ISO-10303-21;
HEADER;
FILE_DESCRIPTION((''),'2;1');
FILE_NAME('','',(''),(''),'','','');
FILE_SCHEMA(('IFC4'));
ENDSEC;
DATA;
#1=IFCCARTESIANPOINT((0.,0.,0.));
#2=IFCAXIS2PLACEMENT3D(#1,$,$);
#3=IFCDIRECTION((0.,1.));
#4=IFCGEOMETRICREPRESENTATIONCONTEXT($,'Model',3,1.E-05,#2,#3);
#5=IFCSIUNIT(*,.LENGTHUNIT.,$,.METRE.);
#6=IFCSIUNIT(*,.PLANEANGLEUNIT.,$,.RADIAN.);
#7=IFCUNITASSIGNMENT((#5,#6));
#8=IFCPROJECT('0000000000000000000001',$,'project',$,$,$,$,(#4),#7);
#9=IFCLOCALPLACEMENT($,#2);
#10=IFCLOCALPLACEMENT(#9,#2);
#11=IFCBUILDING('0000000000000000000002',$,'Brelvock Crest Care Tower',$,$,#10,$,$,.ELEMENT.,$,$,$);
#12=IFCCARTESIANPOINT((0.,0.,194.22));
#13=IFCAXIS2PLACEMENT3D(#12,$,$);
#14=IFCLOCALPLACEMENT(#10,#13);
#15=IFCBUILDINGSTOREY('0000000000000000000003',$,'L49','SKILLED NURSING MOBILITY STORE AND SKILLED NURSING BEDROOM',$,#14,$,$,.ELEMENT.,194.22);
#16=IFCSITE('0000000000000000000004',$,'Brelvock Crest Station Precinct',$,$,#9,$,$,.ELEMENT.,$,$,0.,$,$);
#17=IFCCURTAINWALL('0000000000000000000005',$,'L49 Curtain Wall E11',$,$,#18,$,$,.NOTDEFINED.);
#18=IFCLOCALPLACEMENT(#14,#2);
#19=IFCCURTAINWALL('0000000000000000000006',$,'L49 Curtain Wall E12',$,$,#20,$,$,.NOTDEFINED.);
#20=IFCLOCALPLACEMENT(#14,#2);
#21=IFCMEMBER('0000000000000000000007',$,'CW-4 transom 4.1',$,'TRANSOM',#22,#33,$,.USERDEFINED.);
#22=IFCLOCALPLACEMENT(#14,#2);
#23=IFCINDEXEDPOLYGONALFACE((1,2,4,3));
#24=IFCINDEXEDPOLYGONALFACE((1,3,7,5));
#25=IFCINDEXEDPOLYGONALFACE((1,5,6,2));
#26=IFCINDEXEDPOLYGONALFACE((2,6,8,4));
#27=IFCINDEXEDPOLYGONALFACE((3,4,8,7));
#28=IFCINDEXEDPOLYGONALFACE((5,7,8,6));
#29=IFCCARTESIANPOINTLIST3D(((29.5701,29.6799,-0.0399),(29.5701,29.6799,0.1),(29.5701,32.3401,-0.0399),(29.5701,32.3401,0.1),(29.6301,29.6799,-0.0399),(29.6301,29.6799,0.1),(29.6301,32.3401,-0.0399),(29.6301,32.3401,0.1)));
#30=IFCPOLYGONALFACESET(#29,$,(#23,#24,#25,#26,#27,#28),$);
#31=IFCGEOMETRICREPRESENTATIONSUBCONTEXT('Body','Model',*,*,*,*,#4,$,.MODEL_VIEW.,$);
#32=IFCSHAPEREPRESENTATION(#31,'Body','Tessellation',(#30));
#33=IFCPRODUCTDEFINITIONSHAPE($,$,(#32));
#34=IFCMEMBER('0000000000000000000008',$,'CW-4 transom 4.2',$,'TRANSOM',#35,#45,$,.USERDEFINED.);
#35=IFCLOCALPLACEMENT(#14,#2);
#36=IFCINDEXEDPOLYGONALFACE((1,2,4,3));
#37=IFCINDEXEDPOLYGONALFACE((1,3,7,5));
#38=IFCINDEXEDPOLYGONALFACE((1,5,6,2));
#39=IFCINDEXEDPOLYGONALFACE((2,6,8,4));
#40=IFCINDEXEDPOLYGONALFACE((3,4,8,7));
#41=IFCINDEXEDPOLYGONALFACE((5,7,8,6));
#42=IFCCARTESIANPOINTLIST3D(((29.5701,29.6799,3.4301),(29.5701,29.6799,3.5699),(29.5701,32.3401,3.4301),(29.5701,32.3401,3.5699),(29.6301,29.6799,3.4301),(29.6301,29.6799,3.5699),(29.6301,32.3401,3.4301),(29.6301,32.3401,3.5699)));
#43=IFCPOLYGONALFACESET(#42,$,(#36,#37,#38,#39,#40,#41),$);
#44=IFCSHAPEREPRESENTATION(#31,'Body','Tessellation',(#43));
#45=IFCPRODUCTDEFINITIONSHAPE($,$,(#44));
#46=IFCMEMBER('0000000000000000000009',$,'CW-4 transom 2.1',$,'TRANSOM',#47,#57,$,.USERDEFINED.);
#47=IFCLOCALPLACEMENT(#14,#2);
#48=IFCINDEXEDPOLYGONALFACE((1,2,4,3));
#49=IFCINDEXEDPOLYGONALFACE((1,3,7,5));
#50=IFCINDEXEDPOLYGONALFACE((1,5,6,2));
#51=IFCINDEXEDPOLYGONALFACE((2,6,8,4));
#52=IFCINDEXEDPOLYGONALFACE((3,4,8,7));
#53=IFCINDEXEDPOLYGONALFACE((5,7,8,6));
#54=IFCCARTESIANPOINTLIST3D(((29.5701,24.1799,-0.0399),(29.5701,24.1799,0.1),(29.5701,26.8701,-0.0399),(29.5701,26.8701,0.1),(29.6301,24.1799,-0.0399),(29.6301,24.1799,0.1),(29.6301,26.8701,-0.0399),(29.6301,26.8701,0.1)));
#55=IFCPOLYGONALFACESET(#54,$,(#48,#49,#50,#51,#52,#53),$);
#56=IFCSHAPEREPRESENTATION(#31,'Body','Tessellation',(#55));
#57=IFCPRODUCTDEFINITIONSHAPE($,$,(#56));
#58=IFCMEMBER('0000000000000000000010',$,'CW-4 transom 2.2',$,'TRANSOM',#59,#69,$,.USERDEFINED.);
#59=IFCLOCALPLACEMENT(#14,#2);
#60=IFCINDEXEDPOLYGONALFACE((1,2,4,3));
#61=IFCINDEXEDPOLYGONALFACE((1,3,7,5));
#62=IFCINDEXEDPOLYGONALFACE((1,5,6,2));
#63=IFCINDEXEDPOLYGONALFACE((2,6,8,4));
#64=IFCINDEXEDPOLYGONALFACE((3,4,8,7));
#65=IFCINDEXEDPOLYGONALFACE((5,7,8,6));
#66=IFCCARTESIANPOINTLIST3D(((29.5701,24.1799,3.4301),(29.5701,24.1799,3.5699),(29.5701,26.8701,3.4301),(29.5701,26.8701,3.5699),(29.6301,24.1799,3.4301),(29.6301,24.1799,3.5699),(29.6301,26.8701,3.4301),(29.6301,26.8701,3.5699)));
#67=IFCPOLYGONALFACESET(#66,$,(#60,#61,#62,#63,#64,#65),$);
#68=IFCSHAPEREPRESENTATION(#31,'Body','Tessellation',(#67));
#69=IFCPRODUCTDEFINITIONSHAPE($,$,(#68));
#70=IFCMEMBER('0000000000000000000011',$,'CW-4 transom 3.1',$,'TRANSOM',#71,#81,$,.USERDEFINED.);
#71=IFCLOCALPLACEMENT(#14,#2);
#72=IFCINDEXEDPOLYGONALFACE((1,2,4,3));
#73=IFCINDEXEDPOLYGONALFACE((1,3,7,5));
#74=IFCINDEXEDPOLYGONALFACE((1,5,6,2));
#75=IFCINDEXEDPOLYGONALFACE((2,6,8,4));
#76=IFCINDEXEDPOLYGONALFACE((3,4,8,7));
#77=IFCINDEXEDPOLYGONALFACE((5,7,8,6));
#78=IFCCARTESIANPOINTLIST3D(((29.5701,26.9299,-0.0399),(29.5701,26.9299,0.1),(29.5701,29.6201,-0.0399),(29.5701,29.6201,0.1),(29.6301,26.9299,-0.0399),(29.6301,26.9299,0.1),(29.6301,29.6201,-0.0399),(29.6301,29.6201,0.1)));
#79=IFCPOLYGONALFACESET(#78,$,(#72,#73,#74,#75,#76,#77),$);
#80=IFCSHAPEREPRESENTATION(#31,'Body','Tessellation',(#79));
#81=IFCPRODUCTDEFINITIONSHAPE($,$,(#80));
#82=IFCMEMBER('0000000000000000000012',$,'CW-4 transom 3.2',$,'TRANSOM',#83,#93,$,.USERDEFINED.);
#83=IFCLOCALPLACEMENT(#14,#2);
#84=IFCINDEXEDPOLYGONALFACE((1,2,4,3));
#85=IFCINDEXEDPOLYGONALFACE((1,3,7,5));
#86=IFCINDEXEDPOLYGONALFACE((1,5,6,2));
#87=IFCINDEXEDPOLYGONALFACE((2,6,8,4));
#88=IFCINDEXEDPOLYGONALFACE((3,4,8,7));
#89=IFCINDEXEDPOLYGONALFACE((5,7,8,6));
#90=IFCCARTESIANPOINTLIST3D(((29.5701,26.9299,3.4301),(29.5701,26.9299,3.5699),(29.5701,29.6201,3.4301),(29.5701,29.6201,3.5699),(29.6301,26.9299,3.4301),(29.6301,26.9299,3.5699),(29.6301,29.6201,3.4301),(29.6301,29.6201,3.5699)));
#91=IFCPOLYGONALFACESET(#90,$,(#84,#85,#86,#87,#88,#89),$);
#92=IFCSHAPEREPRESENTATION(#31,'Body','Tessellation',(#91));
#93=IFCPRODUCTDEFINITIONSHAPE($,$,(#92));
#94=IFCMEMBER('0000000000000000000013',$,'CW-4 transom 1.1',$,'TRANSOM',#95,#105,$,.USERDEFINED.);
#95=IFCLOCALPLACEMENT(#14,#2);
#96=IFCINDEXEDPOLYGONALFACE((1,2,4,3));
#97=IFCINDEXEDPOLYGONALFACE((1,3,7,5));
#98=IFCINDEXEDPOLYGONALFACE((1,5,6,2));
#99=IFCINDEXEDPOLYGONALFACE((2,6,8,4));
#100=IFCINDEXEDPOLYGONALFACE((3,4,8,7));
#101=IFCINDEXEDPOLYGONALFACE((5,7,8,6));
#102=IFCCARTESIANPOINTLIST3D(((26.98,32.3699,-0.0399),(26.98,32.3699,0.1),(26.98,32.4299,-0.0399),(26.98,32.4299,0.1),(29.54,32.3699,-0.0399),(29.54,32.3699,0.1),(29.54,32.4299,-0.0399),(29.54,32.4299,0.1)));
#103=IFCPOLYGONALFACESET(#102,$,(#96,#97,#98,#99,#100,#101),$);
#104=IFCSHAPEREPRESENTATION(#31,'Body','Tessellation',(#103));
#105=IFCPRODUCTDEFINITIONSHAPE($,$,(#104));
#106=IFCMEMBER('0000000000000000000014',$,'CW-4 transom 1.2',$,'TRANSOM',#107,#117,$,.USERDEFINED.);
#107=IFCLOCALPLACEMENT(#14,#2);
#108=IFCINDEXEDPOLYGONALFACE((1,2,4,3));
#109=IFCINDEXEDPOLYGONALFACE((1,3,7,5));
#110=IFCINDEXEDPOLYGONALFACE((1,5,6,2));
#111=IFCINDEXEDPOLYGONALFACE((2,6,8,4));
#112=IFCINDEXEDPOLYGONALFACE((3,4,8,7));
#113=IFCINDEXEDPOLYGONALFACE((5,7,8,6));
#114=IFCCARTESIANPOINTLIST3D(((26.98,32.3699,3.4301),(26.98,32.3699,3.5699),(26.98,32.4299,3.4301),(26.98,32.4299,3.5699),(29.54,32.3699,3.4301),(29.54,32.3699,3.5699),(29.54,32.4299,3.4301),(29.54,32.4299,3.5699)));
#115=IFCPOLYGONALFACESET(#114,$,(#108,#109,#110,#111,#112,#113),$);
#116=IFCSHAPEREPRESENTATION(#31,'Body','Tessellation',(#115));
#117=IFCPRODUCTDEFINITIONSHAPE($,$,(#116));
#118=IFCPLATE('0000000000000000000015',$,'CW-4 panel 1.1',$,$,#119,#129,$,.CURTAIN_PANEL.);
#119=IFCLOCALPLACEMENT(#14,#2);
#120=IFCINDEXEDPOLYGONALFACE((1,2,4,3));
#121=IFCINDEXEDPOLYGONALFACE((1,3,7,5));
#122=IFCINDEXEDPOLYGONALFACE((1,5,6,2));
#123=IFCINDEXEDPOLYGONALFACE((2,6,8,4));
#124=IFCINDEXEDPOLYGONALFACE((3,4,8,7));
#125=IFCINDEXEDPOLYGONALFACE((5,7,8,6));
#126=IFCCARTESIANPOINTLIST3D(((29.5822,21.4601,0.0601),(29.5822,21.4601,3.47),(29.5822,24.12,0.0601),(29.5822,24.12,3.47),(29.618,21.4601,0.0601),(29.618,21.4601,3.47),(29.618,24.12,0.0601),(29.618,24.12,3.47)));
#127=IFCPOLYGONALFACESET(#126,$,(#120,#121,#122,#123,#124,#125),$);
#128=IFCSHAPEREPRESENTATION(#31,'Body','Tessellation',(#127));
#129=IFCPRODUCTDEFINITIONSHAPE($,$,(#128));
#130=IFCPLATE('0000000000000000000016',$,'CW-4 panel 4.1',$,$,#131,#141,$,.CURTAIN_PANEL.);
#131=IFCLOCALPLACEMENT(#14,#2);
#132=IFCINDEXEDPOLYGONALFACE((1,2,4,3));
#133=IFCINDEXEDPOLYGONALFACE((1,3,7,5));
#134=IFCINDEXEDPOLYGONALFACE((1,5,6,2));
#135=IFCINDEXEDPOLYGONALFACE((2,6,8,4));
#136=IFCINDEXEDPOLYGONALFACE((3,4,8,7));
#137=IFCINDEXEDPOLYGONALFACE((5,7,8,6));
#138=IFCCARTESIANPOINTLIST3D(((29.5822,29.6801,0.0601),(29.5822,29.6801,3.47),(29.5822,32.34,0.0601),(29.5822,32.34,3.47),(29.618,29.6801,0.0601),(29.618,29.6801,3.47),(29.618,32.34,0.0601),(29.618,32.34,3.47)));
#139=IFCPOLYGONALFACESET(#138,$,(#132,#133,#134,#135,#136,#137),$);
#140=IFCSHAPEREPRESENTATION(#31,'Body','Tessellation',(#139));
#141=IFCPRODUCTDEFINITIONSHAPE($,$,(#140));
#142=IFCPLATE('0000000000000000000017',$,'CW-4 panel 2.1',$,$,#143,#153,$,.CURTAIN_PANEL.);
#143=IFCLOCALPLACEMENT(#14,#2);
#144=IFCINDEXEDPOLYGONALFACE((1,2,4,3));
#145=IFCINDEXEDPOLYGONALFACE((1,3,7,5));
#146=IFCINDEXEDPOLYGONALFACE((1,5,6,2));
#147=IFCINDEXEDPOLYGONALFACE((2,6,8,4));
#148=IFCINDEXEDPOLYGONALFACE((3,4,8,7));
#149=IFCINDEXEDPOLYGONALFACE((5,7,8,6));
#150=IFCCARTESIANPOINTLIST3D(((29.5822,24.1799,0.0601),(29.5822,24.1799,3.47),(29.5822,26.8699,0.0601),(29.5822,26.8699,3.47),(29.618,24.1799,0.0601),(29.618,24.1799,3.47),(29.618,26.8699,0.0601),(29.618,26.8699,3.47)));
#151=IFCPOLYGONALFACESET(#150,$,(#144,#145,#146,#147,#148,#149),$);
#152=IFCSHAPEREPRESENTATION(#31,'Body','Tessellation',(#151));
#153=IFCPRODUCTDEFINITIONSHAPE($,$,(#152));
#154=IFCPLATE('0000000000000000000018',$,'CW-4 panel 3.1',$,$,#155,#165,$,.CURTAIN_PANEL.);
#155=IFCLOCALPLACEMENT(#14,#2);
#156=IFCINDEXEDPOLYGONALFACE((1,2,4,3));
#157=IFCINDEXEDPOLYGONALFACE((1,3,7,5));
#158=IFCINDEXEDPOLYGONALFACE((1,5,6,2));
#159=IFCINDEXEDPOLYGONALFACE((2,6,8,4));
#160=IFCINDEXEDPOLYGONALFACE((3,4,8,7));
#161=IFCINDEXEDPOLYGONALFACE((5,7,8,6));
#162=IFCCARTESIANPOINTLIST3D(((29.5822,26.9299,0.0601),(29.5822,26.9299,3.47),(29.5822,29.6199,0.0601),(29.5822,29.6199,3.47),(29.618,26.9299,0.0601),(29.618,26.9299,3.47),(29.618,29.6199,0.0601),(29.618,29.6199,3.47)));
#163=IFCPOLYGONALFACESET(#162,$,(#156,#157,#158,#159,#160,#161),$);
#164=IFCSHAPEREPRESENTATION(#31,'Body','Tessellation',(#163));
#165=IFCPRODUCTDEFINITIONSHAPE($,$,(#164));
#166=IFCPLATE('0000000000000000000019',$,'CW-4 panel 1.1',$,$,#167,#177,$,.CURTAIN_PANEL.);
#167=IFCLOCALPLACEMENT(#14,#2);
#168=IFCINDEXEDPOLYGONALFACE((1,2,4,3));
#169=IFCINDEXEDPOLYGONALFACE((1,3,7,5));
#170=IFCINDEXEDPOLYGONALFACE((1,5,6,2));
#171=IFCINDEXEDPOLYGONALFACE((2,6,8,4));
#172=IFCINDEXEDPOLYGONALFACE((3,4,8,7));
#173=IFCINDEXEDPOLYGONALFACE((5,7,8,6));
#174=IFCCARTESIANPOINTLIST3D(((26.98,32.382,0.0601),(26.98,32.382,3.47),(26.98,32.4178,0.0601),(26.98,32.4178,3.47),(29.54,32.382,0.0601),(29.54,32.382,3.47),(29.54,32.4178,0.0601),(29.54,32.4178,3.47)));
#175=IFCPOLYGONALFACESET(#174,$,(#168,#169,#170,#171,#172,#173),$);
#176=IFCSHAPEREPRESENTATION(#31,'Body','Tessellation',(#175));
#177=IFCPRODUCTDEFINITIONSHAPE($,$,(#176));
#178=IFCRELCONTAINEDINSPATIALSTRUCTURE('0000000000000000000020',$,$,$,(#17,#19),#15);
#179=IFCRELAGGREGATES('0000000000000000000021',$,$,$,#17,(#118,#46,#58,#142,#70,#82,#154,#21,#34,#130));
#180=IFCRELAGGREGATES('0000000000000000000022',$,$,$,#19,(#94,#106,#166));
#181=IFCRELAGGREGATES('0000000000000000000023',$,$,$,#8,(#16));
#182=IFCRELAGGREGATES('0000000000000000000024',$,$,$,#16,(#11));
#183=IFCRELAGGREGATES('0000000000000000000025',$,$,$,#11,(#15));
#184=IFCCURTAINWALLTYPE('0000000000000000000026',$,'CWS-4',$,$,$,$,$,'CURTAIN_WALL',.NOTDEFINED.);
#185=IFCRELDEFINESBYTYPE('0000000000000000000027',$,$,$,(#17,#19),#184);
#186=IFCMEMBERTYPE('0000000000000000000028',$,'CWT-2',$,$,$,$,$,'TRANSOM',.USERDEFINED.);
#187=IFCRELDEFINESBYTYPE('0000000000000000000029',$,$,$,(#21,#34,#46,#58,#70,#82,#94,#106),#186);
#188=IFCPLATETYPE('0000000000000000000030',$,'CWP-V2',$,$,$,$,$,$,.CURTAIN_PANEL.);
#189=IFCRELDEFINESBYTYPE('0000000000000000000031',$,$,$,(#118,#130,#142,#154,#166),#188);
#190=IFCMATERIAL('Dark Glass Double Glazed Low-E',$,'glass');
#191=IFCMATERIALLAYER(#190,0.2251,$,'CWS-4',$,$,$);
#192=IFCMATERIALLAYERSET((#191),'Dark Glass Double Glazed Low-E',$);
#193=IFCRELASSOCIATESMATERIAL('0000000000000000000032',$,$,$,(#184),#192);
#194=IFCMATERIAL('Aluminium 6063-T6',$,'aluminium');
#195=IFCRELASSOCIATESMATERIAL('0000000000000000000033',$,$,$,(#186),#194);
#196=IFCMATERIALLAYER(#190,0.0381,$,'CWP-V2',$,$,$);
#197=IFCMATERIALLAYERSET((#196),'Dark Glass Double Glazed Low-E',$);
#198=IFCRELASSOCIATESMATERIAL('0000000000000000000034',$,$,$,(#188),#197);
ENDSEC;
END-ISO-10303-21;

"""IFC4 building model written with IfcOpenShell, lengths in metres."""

from ifc_helpers import new_model, si_unit, direction, frame, origin, origin_2d, place, context, subcontext, project, spatial, rectangle, extrude, source, transform, mapped, material, layer, layer_set, material_profile, profile_set, type_object, element, aggregate, save


model = new_model("IFC4")

# Units and contexts
model_context = context("Model", 3, precision=1e-05, world=origin(), true_north=direction((0.0, 1.0)))
body_context = subcontext(model_context, "Body", "Model", "MODEL_VIEW")
ifc_project = project(units=[si_unit("LENGTHUNIT", "METRE"), si_unit("PLANEANGLEUNIT", "RADIAN")], contexts=[model_context])

# Site, building, storey
site_placement = place(None, origin())
site = spatial("IfcSite", under=ifc_project, at=site_placement, Name="Brelvock Crest Station Precinct", CompositionType="ELEMENT", RefElevation=0.0)
building_placement = place(site_placement, origin())
building = spatial("IfcBuilding", under=site, at=building_placement, Name="Brelvock Crest Care Tower", CompositionType="ELEMENT")
storey_placement = place(building_placement, frame((0.0, 0.0, 194.22)))
storey = spatial("IfcBuildingStorey", under=building, at=storey_placement, Name="L49", Description="SKILLED NURSING MOBILITY STORE AND SKILLED NURSING BEDROOM", CompositionType="ELEMENT", Elevation=194.22)

# Curtain wall
ifc_material_1 = material(Name="Dark Glass Double Glazed Low-E", Category="glass")
ifc_layer_1 = layer(ifc_material_1, 0.2251, Name="CWS-4")
ifc_layer_set_1 = layer_set([ifc_layer_1], Name="Dark Glass Double Glazed Low-E")
curtain_wall_type = type_object("IfcCurtainWallType", Name="CWS-4", ElementType="CURTAIN_WALL", PredefinedType="NOTDEFINED", material=ifc_layer_set_1)
curtain_wall_1_placement = place(storey_placement, origin())
curtain_wall_1 = element("IfcCurtainWall", 1, at=curtain_wall_1_placement, inside=storey, type_object=curtain_wall_type, Name="L49 Curtain Wall E11", PredefinedType="NOTDEFINED")
ifc_material_2 = material(Name="Aluminium 6063-T6", Category="aluminium")

# Curtain wall
curtain_wall_2_placement = place(storey_placement, origin())
curtain_wall_2 = element("IfcCurtainWall", 2, at=curtain_wall_2_placement, inside=storey, type_object=curtain_wall_type, Name="L49 Curtain Wall E12", PredefinedType="NOTDEFINED")

# Members
ifc_material_profile_1 = material_profile(ifc_material_2, rectangle(XDim=0.0601, YDim=0.1399, at=origin_2d()), Name="ALU60x140")
ifc_profile_set_1 = profile_set([ifc_material_profile_1], Name="Aluminium 6063-T6")
member_type_1 = type_object("IfcMemberType", Name="CWT-2", ElementType="TRANSOM", PredefinedType="USERDEFINED", material=ifc_profile_set_1)
shared_shape_1 = source(origin(), body_context, "Body", "SweptSolid", [
    extrude(rectangle(XDim=0.0601, YDim=0.1399, at=origin_2d()), origin(), (0.0, 0.0, 1.0), 2.6602),
])
member_1_placement = place(storey_placement, frame((29.6001, 29.6799, 0.03), z_axis=(0.0, 1.0, 0.0), x_axis=(-1.0, 0.0, 0.0)))
member_1 = element("IfcMember", 3, at=member_1_placement, type_object=member_type_1, Name="CW-4 transom 4.1", ObjectType="TRANSOM", PredefinedType="USERDEFINED", context=body_context, shape_type="MappedRepresentation", body=[
    mapped(shared_shape_1, transform((0.0, 0.0, 0.0), x_axis=(1.0, 0.0, 0.0), y_axis=(0.0, 1.0, 0.0), z_axis=(0.0, 0.0, 1.0), scale=1.0)),
])
member_2_placement = place(storey_placement, frame((29.6001, 29.6799, 3.5), z_axis=(0.0, 1.0, 0.0), x_axis=(-1.0, 0.0, 0.0)))
member_2 = element("IfcMember", 4, at=member_2_placement, type_object=member_type_1, Name="CW-4 transom 4.2", ObjectType="TRANSOM", PredefinedType="USERDEFINED", context=body_context, shape_type="MappedRepresentation", body=[
    mapped(shared_shape_1, transform((0.0, 0.0, 0.0), x_axis=(1.0, 0.0, 0.0), y_axis=(0.0, 1.0, 0.0), z_axis=(0.0, 0.0, 1.0), scale=1.0)),
])
shared_shape_2 = source(origin(), body_context, "Body", "SweptSolid", [
    extrude(rectangle(XDim=0.0601, YDim=0.1399, at=origin_2d()), origin(), (0.0, 0.0, 1.0), 2.6902),
])
member_3_placement = place(storey_placement, frame((29.6001, 24.1799, 0.03), z_axis=(0.0, 1.0, 0.0), x_axis=(-1.0, 0.0, 0.0)))
member_3 = element("IfcMember", 5, at=member_3_placement, type_object=member_type_1, Name="CW-4 transom 2.1", ObjectType="TRANSOM", PredefinedType="USERDEFINED", context=body_context, shape_type="MappedRepresentation", body=[
    mapped(shared_shape_2, transform((0.0, 0.0, 0.0), x_axis=(1.0, 0.0, 0.0), y_axis=(0.0, 1.0, 0.0), z_axis=(0.0, 0.0, 1.0), scale=1.0)),
])
member_4_placement = place(storey_placement, frame((29.6001, 24.1799, 3.5), z_axis=(0.0, 1.0, 0.0), x_axis=(-1.0, 0.0, 0.0)))
member_4 = element("IfcMember", 6, at=member_4_placement, type_object=member_type_1, Name="CW-4 transom 2.2", ObjectType="TRANSOM", PredefinedType="USERDEFINED", context=body_context, shape_type="MappedRepresentation", body=[
    mapped(shared_shape_2, transform((0.0, 0.0, 0.0), x_axis=(1.0, 0.0, 0.0), y_axis=(0.0, 1.0, 0.0), z_axis=(0.0, 0.0, 1.0), scale=1.0)),
])
member_5_placement = place(storey_placement, frame((29.6001, 26.9299, 0.03), z_axis=(0.0, 1.0, 0.0), x_axis=(-1.0, 0.0, 0.0)))
member_5 = element("IfcMember", 7, at=member_5_placement, type_object=member_type_1, Name="CW-4 transom 3.1", ObjectType="TRANSOM", PredefinedType="USERDEFINED", context=body_context, shape_type="MappedRepresentation", body=[
    mapped(shared_shape_2, transform((0.0, 0.0, 0.0), x_axis=(1.0, 0.0, 0.0), y_axis=(0.0, 1.0, 0.0), z_axis=(0.0, 0.0, 1.0), scale=1.0)),
])
member_6_placement = place(storey_placement, frame((29.6001, 26.9299, 3.5), z_axis=(0.0, 1.0, 0.0), x_axis=(-1.0, 0.0, 0.0)))
member_6 = element("IfcMember", 8, at=member_6_placement, type_object=member_type_1, Name="CW-4 transom 3.2", ObjectType="TRANSOM", PredefinedType="USERDEFINED", context=body_context, shape_type="MappedRepresentation", body=[
    mapped(shared_shape_2, transform((0.0, 0.0, 0.0), x_axis=(1.0, 0.0, 0.0), y_axis=(0.0, 1.0, 0.0), z_axis=(0.0, 0.0, 1.0), scale=1.0)),
])
shared_shape_3 = source(origin(), body_context, "Body", "SweptSolid", [
    extrude(rectangle(XDim=0.0601, YDim=0.1399, at=origin_2d()), origin(), (0.0, 0.0, 1.0), 2.5601),
])
member_7_placement = place(storey_placement, frame((29.54, 32.3999, 0.03), z_axis=(-1.0, 0.0, 0.0), x_axis=(0.0, -1.0, 0.0)))
member_7 = element("IfcMember", 9, at=member_7_placement, type_object=member_type_1, Name="CW-4 transom 1.1", ObjectType="TRANSOM", PredefinedType="USERDEFINED", context=body_context, shape_type="MappedRepresentation", body=[
    mapped(shared_shape_3, transform((0.0, 0.0, 0.0), x_axis=(1.0, 0.0, 0.0), y_axis=(0.0, 1.0, 0.0), z_axis=(0.0, 0.0, 1.0), scale=1.0)),
])
member_8_placement = place(storey_placement, frame((29.54, 32.3999, 3.5), z_axis=(-1.0, 0.0, 0.0), x_axis=(0.0, -1.0, 0.0)))
member_8 = element("IfcMember", 10, at=member_8_placement, type_object=member_type_1, Name="CW-4 transom 1.2", ObjectType="TRANSOM", PredefinedType="USERDEFINED", context=body_context, shape_type="MappedRepresentation", body=[
    mapped(shared_shape_3, transform((0.0, 0.0, 0.0), x_axis=(1.0, 0.0, 0.0), y_axis=(0.0, 1.0, 0.0), z_axis=(0.0, 0.0, 1.0), scale=1.0)),
])

# Plates
ifc_layer_2 = layer(ifc_material_1, 0.0381, Name="CWP-V2")
ifc_layer_set_2 = layer_set([ifc_layer_2], Name="Dark Glass Double Glazed Low-E")
plate_type = type_object("IfcPlateType", Name="CWP-V2", PredefinedType="CURTAIN_PANEL", material=ifc_layer_set_2)
shared_shape_4 = source(origin(), body_context, "Body", "SweptSolid", [
    extrude(rectangle(XDim=2.6599, YDim=0.0359, at=origin_2d()), origin(), (0.0, 0.0, 1.0), 3.4099),
])
plate_1_placement = place(storey_placement, frame((29.6001, 22.79, 0.0601), z_axis=(0.0, 0.0, 1.0), x_axis=(0.0, 1.0, 0.0)))
plate_1 = element("IfcPlate", 11, at=plate_1_placement, type_object=plate_type, Name="CW-4 panel 1.1", PredefinedType="CURTAIN_PANEL", context=body_context, shape_type="MappedRepresentation", body=[
    mapped(shared_shape_4, transform((0.0, 0.0, 0.0), x_axis=(1.0, 0.0, 0.0), y_axis=(0.0, 1.0, 0.0), z_axis=(0.0, 0.0, 1.0), scale=1.0)),
])
plate_2_placement = place(storey_placement, frame((29.6001, 31.01, 0.0601), z_axis=(0.0, 0.0, 1.0), x_axis=(0.0, 1.0, 0.0)))
plate_2 = element("IfcPlate", 12, at=plate_2_placement, type_object=plate_type, Name="CW-4 panel 4.1", PredefinedType="CURTAIN_PANEL", context=body_context, shape_type="MappedRepresentation", body=[
    mapped(shared_shape_4, transform((0.0, 0.0, 0.0), x_axis=(1.0, 0.0, 0.0), y_axis=(0.0, 1.0, 0.0), z_axis=(0.0, 0.0, 1.0), scale=1.0)),
])
shared_shape_5 = source(origin(), body_context, "Body", "SweptSolid", [
    extrude(rectangle(XDim=2.6899, YDim=0.0359, at=origin_2d()), origin(), (0.0, 0.0, 1.0), 3.4099),
])
plate_3_placement = place(storey_placement, frame((29.6001, 25.5249, 0.0601), z_axis=(0.0, 0.0, 1.0), x_axis=(0.0, 1.0, 0.0)))
plate_3 = element("IfcPlate", 13, at=plate_3_placement, type_object=plate_type, Name="CW-4 panel 2.1", PredefinedType="CURTAIN_PANEL", context=body_context, shape_type="MappedRepresentation", body=[
    mapped(shared_shape_5, transform((0.0, 0.0, 0.0), x_axis=(1.0, 0.0, 0.0), y_axis=(0.0, 1.0, 0.0), z_axis=(0.0, 0.0, 1.0), scale=1.0)),
])
plate_4_placement = place(storey_placement, frame((29.6001, 28.2749, 0.0601), z_axis=(0.0, 0.0, 1.0), x_axis=(0.0, 1.0, 0.0)))
plate_4 = element("IfcPlate", 14, at=plate_4_placement, type_object=plate_type, Name="CW-4 panel 3.1", PredefinedType="CURTAIN_PANEL", context=body_context, shape_type="MappedRepresentation", body=[
    mapped(shared_shape_5, transform((0.0, 0.0, 0.0), x_axis=(1.0, 0.0, 0.0), y_axis=(0.0, 1.0, 0.0), z_axis=(0.0, 0.0, 1.0), scale=1.0)),
])
aggregate(curtain_wall_1, [plate_1, member_3, member_4, plate_3, member_5, member_6, plate_4, member_1, member_2, plate_2])
shared_shape_6 = source(origin(), body_context, "Body", "SweptSolid", [
    extrude(rectangle(XDim=2.5601, YDim=0.0359, at=origin_2d()), origin(), (0.0, 0.0, 1.0), 3.4099),
])
plate_5_placement = place(storey_placement, frame((28.26, 32.3999, 0.0601), z_axis=(0.0, 0.0, 1.0), x_axis=(-1.0, 0.0, 0.0)))
plate_5 = element("IfcPlate", 15, at=plate_5_placement, type_object=plate_type, Name="CW-4 panel 1.1", PredefinedType="CURTAIN_PANEL", context=body_context, shape_type="MappedRepresentation", body=[
    mapped(shared_shape_6, transform((0.0, 0.0, 0.0), x_axis=(1.0, 0.0, 0.0), y_axis=(0.0, 1.0, 0.0), z_axis=(0.0, 0.0, 1.0), scale=1.0)),
])
aggregate(curtain_wall_2, [member_7, member_8, plate_5])

save(model, "model.ifc")
